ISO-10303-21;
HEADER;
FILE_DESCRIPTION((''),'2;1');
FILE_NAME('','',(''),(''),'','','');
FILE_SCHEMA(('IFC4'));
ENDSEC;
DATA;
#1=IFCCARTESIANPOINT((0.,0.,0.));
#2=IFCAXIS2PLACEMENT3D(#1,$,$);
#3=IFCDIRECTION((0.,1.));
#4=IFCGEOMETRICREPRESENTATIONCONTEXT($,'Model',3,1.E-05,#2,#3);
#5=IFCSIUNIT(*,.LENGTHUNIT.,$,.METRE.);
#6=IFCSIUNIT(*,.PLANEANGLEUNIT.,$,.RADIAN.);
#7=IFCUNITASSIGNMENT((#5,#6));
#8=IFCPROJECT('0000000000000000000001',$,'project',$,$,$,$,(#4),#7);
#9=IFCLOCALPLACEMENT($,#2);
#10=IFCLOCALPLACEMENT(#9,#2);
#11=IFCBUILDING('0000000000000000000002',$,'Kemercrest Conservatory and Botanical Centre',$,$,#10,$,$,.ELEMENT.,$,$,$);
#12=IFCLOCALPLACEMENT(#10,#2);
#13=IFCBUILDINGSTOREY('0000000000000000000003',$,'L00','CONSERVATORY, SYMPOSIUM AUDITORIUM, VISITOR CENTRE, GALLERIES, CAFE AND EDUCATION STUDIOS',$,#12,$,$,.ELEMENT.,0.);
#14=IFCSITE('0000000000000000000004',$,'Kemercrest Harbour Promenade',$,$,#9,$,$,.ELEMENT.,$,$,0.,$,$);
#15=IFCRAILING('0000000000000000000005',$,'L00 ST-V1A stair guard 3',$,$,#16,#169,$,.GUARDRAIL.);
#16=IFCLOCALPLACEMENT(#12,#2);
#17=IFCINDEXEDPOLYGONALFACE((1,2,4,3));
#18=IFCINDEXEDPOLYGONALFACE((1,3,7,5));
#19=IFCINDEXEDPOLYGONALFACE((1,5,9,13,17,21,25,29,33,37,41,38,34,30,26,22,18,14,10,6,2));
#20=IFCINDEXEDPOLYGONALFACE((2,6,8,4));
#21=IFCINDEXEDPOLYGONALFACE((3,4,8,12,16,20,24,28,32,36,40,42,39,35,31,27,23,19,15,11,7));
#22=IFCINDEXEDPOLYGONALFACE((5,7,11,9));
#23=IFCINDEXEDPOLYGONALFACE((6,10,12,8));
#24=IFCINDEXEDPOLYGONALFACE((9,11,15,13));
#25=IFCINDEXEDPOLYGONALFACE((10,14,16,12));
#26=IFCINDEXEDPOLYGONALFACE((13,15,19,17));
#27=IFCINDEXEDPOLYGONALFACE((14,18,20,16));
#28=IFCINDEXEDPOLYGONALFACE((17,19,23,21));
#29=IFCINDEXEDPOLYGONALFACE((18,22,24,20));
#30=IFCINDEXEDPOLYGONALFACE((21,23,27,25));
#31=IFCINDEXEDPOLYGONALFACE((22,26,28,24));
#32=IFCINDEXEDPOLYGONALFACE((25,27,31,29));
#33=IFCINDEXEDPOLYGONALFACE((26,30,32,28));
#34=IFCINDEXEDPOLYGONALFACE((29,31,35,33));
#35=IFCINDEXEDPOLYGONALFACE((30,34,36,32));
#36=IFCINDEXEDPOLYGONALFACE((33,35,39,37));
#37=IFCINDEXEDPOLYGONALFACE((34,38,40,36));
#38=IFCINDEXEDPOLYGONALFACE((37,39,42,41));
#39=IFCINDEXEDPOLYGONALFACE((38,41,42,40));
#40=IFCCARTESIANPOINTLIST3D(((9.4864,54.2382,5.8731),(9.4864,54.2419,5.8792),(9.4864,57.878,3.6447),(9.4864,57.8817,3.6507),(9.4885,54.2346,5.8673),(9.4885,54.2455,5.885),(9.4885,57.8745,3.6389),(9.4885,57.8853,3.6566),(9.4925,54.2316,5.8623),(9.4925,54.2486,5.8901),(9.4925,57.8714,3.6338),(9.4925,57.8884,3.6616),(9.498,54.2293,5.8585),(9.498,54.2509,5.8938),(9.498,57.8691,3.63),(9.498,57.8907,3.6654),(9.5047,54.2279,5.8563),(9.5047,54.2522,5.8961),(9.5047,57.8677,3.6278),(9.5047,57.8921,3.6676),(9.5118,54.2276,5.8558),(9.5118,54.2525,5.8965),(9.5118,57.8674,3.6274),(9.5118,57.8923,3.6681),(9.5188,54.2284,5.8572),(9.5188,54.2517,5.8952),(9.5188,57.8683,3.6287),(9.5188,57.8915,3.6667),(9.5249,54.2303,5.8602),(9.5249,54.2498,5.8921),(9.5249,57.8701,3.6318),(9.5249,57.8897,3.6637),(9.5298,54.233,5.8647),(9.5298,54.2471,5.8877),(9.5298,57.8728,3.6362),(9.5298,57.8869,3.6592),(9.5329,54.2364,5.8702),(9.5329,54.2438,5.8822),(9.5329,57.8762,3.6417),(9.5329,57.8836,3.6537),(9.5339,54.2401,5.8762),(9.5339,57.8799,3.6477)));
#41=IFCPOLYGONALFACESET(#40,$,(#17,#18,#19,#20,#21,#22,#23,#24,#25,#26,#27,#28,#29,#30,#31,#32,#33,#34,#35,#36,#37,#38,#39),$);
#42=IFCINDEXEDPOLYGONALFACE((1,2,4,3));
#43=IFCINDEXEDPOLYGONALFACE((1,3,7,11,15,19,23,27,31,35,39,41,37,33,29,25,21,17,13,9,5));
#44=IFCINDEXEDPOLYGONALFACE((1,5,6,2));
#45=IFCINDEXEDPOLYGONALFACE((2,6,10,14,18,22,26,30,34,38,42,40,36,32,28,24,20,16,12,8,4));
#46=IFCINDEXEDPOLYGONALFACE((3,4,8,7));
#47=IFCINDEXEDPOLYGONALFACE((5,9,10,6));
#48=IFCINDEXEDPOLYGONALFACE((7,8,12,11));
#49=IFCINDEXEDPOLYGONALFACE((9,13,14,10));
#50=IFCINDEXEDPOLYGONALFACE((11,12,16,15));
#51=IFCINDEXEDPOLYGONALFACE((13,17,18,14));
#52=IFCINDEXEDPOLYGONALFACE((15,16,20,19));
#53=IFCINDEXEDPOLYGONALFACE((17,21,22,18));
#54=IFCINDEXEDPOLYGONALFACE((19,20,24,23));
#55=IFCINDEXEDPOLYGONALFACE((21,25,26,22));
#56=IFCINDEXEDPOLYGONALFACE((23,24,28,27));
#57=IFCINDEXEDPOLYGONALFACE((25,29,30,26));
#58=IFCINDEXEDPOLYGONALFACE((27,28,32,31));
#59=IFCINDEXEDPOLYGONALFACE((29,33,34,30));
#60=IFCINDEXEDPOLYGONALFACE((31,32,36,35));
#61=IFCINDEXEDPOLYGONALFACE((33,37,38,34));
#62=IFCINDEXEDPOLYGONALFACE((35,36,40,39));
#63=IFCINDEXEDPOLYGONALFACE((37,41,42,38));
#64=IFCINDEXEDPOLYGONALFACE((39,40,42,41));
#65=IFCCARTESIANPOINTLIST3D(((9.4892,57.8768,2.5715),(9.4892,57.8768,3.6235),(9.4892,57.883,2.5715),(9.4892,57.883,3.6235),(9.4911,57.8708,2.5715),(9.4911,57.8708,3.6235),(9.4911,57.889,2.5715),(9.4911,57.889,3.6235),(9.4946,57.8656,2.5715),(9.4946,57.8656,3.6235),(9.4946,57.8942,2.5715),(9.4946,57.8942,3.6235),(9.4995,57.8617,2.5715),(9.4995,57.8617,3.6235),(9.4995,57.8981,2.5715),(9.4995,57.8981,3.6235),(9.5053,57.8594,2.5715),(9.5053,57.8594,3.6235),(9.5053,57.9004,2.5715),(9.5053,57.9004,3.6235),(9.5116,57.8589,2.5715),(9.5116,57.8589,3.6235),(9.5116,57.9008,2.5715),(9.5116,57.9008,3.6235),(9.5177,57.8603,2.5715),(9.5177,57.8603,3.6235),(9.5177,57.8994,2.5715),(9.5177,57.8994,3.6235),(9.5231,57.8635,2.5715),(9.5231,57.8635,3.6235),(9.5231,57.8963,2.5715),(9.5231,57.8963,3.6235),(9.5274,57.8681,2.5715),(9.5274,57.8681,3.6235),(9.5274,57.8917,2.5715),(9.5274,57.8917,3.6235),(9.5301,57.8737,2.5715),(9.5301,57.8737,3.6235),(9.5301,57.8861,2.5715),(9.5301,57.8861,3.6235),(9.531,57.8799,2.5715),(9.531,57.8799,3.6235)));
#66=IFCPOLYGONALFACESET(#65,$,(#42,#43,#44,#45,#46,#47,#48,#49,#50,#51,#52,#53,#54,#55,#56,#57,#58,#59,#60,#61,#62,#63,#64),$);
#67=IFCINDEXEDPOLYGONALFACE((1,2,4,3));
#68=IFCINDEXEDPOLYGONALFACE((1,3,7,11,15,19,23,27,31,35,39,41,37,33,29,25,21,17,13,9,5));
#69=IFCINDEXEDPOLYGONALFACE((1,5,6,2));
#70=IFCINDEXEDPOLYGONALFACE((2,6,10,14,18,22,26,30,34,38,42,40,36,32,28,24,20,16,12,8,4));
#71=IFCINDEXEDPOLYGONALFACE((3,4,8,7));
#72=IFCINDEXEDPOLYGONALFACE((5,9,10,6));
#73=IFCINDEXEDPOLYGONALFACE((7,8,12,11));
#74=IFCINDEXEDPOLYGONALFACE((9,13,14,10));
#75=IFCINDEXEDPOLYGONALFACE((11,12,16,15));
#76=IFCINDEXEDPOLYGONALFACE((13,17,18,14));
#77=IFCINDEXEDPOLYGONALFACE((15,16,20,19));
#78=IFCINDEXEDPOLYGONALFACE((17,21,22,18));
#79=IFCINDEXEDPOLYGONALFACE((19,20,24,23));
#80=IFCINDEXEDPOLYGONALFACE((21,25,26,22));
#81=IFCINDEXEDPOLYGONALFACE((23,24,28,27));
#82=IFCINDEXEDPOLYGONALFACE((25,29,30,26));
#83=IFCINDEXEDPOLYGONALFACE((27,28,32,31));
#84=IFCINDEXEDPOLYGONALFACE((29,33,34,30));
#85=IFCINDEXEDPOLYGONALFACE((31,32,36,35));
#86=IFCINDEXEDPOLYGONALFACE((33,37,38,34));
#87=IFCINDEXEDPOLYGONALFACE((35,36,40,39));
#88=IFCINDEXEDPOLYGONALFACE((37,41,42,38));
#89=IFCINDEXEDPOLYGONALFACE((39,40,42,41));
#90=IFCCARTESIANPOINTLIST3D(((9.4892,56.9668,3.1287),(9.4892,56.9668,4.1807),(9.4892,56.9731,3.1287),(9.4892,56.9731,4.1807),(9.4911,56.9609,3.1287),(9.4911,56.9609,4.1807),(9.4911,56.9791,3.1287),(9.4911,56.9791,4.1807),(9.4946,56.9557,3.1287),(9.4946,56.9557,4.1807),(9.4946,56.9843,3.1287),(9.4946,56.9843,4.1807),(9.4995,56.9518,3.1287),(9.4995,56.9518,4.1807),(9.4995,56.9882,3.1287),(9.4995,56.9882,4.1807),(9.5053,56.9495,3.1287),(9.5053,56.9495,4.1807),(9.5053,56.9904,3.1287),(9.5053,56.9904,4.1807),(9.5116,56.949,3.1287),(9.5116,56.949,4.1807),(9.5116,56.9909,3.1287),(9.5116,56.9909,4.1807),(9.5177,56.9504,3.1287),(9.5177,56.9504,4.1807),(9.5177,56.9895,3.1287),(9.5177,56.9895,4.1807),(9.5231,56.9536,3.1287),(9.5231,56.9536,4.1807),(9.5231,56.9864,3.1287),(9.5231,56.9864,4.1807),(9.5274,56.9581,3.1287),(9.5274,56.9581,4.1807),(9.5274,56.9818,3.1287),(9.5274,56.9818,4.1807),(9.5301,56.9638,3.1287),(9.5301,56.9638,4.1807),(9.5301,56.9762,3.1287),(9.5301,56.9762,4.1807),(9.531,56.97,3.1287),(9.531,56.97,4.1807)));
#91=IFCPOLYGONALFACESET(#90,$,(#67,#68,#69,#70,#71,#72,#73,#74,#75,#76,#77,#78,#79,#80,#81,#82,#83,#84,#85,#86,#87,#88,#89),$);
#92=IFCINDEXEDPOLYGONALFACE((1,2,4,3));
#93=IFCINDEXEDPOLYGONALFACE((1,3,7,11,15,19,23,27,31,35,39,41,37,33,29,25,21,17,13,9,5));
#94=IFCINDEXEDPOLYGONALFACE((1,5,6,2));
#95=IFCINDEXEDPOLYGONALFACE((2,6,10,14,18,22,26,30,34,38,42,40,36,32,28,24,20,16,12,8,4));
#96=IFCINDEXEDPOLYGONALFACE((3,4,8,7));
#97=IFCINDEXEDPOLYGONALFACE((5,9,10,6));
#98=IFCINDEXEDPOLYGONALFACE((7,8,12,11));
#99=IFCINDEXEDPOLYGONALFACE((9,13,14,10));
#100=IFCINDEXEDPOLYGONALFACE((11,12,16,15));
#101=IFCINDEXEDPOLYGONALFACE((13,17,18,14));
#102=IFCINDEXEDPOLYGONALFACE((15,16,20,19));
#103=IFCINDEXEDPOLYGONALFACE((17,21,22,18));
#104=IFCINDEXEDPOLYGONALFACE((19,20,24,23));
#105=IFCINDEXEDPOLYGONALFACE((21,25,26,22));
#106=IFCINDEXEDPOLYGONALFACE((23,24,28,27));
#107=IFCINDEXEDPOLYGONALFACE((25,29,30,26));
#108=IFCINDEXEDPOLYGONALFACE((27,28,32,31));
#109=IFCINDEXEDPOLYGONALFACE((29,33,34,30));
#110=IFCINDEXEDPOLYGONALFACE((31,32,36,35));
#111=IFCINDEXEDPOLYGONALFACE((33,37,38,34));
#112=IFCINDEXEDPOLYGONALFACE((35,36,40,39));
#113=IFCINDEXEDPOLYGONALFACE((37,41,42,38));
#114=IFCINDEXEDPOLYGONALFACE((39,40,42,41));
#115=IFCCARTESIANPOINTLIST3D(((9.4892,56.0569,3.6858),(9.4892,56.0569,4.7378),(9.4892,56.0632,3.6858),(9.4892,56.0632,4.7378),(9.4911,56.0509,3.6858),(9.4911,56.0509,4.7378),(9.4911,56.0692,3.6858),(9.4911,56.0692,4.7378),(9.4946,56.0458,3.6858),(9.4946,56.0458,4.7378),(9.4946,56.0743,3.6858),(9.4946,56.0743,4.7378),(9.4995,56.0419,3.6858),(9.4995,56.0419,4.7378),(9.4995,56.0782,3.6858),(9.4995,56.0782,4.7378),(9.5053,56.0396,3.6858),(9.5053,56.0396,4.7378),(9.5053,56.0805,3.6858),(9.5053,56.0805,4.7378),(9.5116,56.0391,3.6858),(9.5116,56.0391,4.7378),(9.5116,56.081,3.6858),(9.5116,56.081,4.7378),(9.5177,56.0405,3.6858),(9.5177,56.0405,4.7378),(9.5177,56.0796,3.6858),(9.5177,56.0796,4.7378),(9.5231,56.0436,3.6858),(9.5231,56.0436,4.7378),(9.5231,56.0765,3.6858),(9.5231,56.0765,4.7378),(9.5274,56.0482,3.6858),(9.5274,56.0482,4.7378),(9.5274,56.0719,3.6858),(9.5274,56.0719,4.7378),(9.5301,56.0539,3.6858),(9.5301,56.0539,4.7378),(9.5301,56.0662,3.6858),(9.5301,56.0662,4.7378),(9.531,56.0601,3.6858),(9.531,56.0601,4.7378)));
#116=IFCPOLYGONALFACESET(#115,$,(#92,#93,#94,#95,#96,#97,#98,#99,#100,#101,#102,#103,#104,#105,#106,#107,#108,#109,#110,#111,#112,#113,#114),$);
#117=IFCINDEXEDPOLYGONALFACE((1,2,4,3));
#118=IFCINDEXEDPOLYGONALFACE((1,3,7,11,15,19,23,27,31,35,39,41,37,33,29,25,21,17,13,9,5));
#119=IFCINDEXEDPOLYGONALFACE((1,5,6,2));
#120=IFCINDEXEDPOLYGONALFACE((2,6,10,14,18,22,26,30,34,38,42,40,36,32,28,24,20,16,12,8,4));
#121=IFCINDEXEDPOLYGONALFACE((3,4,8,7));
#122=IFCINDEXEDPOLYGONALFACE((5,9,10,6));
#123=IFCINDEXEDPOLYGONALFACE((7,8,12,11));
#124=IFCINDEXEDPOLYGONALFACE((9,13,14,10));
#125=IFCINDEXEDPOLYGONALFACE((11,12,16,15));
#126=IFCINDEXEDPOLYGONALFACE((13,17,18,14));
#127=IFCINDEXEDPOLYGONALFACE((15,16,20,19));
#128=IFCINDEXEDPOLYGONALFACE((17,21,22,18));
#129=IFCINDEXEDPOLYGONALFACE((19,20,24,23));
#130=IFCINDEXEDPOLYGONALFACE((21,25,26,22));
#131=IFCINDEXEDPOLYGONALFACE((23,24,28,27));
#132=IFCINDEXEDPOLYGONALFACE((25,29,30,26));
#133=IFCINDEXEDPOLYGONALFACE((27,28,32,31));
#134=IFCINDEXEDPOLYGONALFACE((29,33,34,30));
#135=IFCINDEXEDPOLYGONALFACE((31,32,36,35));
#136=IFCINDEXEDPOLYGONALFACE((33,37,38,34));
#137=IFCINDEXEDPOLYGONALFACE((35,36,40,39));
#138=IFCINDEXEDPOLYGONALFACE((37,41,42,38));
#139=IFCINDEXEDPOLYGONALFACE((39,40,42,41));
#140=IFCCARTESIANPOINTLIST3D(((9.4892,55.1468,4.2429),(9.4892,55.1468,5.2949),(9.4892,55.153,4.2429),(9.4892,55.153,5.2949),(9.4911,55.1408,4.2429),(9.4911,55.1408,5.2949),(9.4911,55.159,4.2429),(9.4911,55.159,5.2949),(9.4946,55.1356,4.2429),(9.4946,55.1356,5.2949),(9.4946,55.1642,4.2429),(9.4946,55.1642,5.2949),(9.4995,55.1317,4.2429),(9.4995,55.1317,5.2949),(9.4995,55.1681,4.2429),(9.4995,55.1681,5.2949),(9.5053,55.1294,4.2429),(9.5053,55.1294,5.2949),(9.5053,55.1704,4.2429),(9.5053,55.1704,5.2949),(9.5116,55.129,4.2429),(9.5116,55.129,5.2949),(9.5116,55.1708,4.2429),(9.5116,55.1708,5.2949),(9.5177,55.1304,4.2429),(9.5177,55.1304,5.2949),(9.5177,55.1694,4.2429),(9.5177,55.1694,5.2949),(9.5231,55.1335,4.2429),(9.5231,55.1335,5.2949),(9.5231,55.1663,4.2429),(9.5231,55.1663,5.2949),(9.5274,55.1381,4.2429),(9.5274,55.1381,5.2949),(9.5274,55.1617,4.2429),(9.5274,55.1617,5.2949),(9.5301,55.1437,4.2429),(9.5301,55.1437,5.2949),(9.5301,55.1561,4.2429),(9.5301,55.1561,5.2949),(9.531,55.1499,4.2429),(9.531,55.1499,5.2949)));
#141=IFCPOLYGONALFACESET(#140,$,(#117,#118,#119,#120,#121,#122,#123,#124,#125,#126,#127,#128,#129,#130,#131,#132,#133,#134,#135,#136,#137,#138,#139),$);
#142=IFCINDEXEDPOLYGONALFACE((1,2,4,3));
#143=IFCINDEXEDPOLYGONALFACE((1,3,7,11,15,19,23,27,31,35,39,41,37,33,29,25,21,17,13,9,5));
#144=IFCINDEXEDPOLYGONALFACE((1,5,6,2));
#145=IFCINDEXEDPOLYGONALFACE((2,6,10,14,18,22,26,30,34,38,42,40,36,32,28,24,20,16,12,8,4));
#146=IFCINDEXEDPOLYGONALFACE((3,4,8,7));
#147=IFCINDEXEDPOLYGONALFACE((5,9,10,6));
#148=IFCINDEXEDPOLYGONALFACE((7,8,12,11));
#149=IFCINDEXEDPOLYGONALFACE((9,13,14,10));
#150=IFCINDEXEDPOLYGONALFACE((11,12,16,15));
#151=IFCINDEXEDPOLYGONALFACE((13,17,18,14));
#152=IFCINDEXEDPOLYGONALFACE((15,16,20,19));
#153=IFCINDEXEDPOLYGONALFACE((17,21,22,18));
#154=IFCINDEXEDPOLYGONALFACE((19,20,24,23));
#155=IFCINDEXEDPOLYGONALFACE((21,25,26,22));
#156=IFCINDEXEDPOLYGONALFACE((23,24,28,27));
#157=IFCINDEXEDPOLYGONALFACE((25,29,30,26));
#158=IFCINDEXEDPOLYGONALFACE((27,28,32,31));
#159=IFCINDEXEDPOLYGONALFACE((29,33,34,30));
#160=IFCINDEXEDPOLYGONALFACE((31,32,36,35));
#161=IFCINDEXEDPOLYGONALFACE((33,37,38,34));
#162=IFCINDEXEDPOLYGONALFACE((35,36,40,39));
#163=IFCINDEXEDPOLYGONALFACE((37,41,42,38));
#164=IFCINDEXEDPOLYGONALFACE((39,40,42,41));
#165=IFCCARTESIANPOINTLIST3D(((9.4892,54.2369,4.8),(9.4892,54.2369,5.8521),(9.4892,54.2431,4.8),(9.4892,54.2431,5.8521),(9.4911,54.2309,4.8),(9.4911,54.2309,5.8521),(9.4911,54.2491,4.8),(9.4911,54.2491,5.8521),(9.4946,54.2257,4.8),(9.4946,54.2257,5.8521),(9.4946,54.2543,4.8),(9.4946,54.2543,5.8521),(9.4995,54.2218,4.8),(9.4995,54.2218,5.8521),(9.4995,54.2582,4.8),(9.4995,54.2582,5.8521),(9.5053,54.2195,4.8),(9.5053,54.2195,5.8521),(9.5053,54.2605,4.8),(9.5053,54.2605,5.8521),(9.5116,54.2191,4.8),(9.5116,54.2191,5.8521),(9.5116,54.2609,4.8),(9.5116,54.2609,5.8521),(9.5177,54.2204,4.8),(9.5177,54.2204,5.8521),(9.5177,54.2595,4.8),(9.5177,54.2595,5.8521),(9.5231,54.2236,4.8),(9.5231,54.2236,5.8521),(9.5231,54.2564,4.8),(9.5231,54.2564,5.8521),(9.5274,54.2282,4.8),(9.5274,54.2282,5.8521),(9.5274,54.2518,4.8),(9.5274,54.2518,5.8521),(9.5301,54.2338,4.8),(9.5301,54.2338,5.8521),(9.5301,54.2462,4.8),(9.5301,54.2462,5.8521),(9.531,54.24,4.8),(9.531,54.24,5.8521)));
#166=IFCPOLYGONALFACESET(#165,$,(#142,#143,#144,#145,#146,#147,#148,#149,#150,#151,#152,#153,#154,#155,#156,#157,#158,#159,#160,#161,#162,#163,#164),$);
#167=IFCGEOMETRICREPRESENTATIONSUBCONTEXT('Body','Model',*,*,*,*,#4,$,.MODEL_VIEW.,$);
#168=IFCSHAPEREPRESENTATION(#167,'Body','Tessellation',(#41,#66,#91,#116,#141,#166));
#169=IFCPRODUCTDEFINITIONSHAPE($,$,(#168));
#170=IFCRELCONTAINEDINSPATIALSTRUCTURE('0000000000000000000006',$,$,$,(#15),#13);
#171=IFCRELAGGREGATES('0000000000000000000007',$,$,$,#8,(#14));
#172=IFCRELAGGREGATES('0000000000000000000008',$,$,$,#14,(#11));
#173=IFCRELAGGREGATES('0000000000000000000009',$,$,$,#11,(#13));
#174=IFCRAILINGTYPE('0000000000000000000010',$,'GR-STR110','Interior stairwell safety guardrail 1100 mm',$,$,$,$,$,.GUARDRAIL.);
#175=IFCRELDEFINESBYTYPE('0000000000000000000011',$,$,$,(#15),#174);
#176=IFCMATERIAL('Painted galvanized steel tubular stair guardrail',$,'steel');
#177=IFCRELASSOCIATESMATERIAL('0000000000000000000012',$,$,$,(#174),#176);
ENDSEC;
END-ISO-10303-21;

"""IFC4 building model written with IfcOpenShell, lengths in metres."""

from ifc_helpers import new_model, si_unit, direction, frame, origin, origin_2d, place, context, subcontext, project, spatial, circle, extrude, material, type_object, element, save


model = new_model("IFC4")

# Units and contexts
model_context = context("Model", 3, precision=1e-05, world=origin(), true_north=direction((0.0, 1.0)))
body_context = subcontext(model_context, "Body", "Model", "MODEL_VIEW")
ifc_project = project(units=[si_unit("LENGTHUNIT", "METRE"), si_unit("PLANEANGLEUNIT", "RADIAN")], contexts=[model_context])

# Site, building, storey
site_placement = place(None, origin())
site = spatial("IfcSite", under=ifc_project, at=site_placement, Name="Kemercrest Harbour Promenade", CompositionType="ELEMENT", RefElevation=0.0)
building_placement = place(site_placement, origin())
building = spatial("IfcBuilding", under=site, at=building_placement, Name="Kemercrest Conservatory and Botanical Centre", CompositionType="ELEMENT")
storey_placement = place(building_placement, origin())
storey = spatial("IfcBuildingStorey", under=building, at=storey_placement, Name="L00", Description="CONSERVATORY, SYMPOSIUM AUDITORIUM, VISITOR CENTRE, GALLERIES, CAFE AND EDUCATION STUDIOS", CompositionType="ELEMENT", Elevation=0.0)

# Railing
ifc_material_1 = material(Name="Painted galvanized steel tubular stair guardrail", Category="steel")
railing_type_1 = type_object("IfcRailingType", Name="GR-STR110", Description="Interior stairwell safety guardrail 1100 mm", PredefinedType="GUARDRAIL", material=ifc_material_1)
railing_1_placement = place(storey_placement, frame((9.51, 57.8799, 2.5715)))
element("IfcRailing", 1, at=railing_1_placement, inside=storey, type_object=railing_type_1, Name="L00 ST-V1A stair guard 3", PredefinedType="GUARDRAIL", context=body_context, shape_type="SweptSolid", body=[
    extrude(circle(Radius=0.0239, at=origin_2d()), frame((0.0, 0.0, 1.0762), z_axis=(0.0, -0.85285, 0.522156), x_axis=(1.0, 0.0, 0.0)), (0.0, 0.0, 1.0), 4.2678),
    extrude(circle(Radius=0.021, at=origin_2d()), origin(), (0.0, 0.0, 1.0), 1.052),
    extrude(circle(Radius=0.021, at=origin_2d()), frame((0.0, -0.9099, 0.5571)), (0.0, 0.0, 1.0), 1.052),
    extrude(circle(Radius=0.021, at=origin_2d()), frame((0.0, -1.8198, 1.1143)), (0.0, 0.0, 1.0), 1.052),
    extrude(circle(Radius=0.021, at=origin_2d()), frame((0.0, -2.73, 1.6714)), (0.0, 0.0, 1.0), 1.052),
    extrude(circle(Radius=0.021, at=origin_2d()), frame((0.0, -3.6399, 2.2285)), (0.0, 0.0, 1.0), 1.052),
])

save(model, "model.ifc")
